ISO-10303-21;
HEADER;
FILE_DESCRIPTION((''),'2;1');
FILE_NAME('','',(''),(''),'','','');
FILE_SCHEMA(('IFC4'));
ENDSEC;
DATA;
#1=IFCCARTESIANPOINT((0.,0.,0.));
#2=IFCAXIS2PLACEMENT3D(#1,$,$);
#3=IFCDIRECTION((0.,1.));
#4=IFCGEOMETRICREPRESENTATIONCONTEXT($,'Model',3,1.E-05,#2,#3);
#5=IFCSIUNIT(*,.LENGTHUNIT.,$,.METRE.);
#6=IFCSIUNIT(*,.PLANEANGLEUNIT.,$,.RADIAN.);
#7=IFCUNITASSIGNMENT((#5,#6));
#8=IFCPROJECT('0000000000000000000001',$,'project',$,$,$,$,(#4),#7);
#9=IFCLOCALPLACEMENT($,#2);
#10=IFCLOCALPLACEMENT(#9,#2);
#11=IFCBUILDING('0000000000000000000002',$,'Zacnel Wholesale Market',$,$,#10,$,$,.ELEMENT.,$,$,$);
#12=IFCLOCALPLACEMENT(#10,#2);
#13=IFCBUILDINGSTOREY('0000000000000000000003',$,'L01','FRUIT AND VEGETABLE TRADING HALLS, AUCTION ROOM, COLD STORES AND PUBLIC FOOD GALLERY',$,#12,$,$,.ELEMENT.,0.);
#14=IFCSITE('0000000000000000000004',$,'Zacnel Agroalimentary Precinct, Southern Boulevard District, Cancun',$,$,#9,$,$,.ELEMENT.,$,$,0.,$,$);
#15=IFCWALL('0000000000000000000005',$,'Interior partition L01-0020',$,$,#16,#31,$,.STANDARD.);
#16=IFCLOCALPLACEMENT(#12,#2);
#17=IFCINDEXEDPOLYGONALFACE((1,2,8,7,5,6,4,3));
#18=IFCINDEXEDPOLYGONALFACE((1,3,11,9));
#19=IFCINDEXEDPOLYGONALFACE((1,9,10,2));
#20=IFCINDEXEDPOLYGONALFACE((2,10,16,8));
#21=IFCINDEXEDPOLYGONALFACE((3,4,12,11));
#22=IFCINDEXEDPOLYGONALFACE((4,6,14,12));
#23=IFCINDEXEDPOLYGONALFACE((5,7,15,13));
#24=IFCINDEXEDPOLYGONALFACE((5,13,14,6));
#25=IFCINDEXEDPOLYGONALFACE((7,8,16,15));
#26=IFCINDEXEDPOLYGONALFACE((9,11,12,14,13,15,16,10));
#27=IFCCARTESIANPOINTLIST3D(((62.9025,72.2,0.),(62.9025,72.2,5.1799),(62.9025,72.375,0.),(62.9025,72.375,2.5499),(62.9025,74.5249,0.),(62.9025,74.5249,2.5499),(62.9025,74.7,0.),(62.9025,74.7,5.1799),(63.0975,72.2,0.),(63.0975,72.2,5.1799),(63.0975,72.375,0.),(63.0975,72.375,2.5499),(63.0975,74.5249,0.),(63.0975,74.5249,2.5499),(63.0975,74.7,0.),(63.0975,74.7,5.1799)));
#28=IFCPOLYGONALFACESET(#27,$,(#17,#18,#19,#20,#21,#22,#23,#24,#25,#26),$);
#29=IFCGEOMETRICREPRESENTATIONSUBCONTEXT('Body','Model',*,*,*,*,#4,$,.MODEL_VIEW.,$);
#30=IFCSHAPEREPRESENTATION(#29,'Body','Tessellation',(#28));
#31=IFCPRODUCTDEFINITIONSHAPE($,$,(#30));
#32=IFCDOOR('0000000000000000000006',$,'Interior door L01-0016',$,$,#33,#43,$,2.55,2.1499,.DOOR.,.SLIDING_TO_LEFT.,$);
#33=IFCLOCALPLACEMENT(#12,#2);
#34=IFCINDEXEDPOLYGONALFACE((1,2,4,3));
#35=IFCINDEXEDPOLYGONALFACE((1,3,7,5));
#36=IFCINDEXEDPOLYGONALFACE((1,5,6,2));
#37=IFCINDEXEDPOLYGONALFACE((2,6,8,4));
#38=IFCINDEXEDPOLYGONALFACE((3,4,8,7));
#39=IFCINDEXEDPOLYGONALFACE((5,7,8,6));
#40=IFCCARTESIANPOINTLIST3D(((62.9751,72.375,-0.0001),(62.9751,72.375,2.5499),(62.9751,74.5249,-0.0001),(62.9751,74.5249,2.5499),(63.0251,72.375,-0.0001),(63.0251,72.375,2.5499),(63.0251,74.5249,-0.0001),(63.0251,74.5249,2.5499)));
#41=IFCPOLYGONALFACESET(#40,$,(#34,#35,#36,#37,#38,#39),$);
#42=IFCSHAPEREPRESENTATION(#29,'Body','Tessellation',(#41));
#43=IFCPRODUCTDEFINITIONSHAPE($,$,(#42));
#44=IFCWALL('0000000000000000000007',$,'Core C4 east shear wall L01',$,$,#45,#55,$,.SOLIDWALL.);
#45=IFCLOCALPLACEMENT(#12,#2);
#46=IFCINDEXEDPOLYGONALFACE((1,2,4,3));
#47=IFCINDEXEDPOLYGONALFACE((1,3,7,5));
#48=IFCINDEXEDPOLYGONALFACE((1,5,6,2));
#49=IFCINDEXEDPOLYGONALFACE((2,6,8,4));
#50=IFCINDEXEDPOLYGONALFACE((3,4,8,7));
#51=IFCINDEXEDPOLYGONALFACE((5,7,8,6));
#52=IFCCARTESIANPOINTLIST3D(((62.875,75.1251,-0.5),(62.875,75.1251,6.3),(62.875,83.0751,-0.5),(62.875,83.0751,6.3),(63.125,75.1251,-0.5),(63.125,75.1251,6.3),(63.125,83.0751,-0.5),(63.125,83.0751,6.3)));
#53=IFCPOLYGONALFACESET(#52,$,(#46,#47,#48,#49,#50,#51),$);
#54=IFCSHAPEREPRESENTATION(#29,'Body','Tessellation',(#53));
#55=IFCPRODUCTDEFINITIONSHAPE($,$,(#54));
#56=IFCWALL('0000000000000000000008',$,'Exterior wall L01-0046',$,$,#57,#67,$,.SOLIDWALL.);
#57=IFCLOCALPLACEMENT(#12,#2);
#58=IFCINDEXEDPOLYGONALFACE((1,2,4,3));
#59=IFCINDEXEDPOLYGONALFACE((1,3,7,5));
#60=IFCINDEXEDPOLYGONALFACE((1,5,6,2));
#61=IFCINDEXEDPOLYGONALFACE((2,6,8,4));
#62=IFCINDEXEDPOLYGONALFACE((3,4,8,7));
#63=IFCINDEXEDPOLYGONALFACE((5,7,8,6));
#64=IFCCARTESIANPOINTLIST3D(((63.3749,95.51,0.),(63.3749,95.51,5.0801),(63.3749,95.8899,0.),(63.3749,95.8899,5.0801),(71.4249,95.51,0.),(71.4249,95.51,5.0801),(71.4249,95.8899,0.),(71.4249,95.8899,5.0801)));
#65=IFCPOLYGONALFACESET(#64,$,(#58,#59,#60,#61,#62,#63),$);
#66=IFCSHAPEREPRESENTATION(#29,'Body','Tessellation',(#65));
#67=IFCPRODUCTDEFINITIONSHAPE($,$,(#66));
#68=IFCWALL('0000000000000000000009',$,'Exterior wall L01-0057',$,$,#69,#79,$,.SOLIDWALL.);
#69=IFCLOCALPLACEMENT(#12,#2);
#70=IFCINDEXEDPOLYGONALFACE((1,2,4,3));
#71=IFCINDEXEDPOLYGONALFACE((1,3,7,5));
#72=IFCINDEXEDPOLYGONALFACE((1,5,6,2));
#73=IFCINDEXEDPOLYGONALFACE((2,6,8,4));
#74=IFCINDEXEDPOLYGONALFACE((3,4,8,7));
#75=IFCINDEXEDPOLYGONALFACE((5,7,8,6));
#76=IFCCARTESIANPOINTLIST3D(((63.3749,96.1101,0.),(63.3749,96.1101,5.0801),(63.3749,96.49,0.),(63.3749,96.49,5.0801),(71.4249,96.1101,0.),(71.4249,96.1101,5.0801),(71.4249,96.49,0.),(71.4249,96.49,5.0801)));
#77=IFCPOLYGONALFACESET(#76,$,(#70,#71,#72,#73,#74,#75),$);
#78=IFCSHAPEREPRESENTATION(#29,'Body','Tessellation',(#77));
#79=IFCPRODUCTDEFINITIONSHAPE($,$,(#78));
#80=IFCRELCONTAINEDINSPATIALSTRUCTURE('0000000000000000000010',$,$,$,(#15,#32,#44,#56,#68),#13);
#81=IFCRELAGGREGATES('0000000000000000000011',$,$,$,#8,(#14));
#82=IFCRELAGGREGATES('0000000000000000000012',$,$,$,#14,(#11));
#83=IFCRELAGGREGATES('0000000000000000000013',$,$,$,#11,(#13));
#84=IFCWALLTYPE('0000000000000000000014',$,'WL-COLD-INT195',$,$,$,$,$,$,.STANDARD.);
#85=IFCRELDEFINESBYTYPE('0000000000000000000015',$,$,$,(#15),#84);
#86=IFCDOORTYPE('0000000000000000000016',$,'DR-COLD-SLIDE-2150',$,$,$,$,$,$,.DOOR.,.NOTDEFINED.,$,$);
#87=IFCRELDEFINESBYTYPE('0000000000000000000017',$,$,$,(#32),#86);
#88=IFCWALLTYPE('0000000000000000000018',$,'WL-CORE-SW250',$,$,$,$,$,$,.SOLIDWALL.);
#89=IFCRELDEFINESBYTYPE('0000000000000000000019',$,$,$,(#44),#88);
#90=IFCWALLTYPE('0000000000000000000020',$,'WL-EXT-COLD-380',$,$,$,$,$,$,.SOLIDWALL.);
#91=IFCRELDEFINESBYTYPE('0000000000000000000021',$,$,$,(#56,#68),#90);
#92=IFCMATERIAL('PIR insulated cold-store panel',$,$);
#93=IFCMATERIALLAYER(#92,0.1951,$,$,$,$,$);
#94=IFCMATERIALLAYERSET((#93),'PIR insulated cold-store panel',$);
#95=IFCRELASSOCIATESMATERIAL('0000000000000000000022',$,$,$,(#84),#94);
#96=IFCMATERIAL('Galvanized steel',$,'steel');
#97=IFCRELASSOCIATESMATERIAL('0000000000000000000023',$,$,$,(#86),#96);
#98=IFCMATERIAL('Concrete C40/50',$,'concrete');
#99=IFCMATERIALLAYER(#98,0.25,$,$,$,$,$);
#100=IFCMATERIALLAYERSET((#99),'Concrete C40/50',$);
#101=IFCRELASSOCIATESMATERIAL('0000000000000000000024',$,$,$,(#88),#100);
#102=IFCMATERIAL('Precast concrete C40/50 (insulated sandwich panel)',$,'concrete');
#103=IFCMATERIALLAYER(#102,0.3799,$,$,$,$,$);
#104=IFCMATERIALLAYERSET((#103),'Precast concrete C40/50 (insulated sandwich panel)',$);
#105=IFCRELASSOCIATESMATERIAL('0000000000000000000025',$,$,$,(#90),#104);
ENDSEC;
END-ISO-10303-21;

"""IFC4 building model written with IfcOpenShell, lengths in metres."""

from ifc_helpers import new_model, si_unit, direction, frame, frame_2d, origin, place, context, subcontext, project, spatial, rectangle, extrude, material, layer, layer_set, type_object, element, fill, save


model = new_model("IFC4")

# Units and contexts
model_context = context("Model", 3, precision=1e-05, world=origin(), true_north=direction((0.0, 1.0)))
body_context = subcontext(model_context, "Body", "Model", "MODEL_VIEW")
ifc_project = project(units=[si_unit("LENGTHUNIT", "METRE"), si_unit("PLANEANGLEUNIT", "RADIAN")], contexts=[model_context])

# Site, building, storey
site_placement = place(None, origin())
site = spatial("IfcSite", under=ifc_project, at=site_placement, Name="Zacnel Agroalimentary Precinct, Southern Boulevard District, Cancun", CompositionType="ELEMENT", RefElevation=0.0)
building_placement = place(site_placement, origin())
building = spatial("IfcBuilding", under=site, at=building_placement, Name="Zacnel Wholesale Market", CompositionType="ELEMENT")
storey_placement = place(building_placement, origin())
storey = spatial("IfcBuildingStorey", under=building, at=storey_placement, Name="L01", Description="FRUIT AND VEGETABLE TRADING HALLS, AUCTION ROOM, COLD STORES AND PUBLIC FOOD GALLERY", CompositionType="ELEMENT", Elevation=0.0)

# Wall, opening, door
ifc_material_1 = material(Name="PIR insulated cold-store panel")
ifc_layer_1 = layer(ifc_material_1, 0.1951)
ifc_layer_set_1 = layer_set([ifc_layer_1], Name="PIR insulated cold-store panel")
wall_type_1 = type_object("IfcWallType", Name="WL-COLD-INT195", PredefinedType="STANDARD", material=ifc_layer_set_1)
wall_1_placement = place(storey_placement, frame((63.0, 72.2, 0.0), z_axis=(0.0, 0.0, 1.0), x_axis=(0.0, 1.0, 0.0)))
wall_1 = element("IfcWall", 1, at=wall_1_placement, inside=storey, type_object=wall_type_1, Name="Interior partition L01-0020", PredefinedType="STANDARD", context=body_context, shape_type="SweptSolid", body=[
    extrude(rectangle(XDim=2.5, YDim=0.1951, at=frame_2d((1.25, 0.0))), origin(), (0.0, 0.0, 1.0), 5.1799),
])
opening_placement = place(wall_1_placement, frame((0.175, 0.0, 0.0)))
opening = element("IfcOpeningElement", 2, at=opening_placement, cuts=wall_1, PredefinedType="OPENING", context=body_context, shape_type="SweptSolid", body=[
    extrude(rectangle(XDim=2.1499, YDim=2.55, at=frame_2d((1.075, 1.2749))), frame((0.0, 0.1074, 0.0), z_axis=(0.0, -1.0, 0.0), x_axis=(1.0, 0.0, 0.0)), (0.0, 0.0, 1.0), 0.2151),
])
ifc_material_2 = material(Name="Galvanized steel", Category="steel")
door_type = type_object("IfcDoorType", Name="DR-COLD-SLIDE-2150", OperationType="NOTDEFINED", PredefinedType="DOOR", material=ifc_material_2)
door_placement = place(opening_placement, origin())
door = element("IfcDoor", 3, at=door_placement, inside=storey, type_object=door_type, Name="Interior door L01-0016", OperationType="SLIDING_TO_LEFT", OverallHeight=2.55, OverallWidth=2.1499, PredefinedType="DOOR", context=body_context, shape_type="SweptSolid", body=[
    extrude(rectangle(XDim=2.1499, YDim=2.55, at=frame_2d((1.075, 1.2749))), frame((0.0, 0.0249, 0.0), z_axis=(0.0, -1.0, 0.0), x_axis=(1.0, 0.0, 0.0)), (0.0, 0.0, 1.0), 0.05),
])
fill(opening, door)

# Walls
ifc_material_3 = material(Name="Concrete C40/50", Category="concrete")
ifc_layer_2 = layer(ifc_material_3, 0.25)
ifc_layer_set_2 = layer_set([ifc_layer_2], Name="Concrete C40/50")
wall_type_2 = type_object("IfcWallType", Name="WL-CORE-SW250", PredefinedType="SOLIDWALL", material=ifc_layer_set_2)
wall_2_placement = place(storey_placement, frame((63.0, 75.125, -0.5), z_axis=(0.0, 0.0, 1.0), x_axis=(0.0, 1.0, 0.0)))
element("IfcWall", 4, at=wall_2_placement, inside=storey, type_object=wall_type_2, Name="Core C4 east shear wall L01", PredefinedType="SOLIDWALL", context=body_context, shape_type="SweptSolid", body=[
    extrude(rectangle(XDim=7.95, YDim=0.25, at=frame_2d((3.9751, 0.0))), origin(), (0.0, 0.0, 1.0), 6.8),
])
ifc_material_4 = material(Name="Precast concrete C40/50 (insulated sandwich panel)", Category="concrete")
ifc_layer_3 = layer(ifc_material_4, 0.3799)
ifc_layer_set_3 = layer_set([ifc_layer_3], Name="Precast concrete C40/50 (insulated sandwich panel)")
wall_type_3 = type_object("IfcWallType", Name="WL-EXT-COLD-380", PredefinedType="SOLIDWALL", material=ifc_layer_set_3)
for number, where, z_axis, x_axis, name in (
    (5, (63.375, 95.7, 0.0), (0.0, 0.0, 1.0), (1.0, 0.0, 0.0), "Exterior wall L01-0046"),
    (6, (63.375, 96.3, 0.0), (0.0, 0.0, 1.0), (1.0, 0.0, 0.0), "Exterior wall L01-0057"),
):
    element("IfcWall", number, at=place(storey_placement, frame(where, z_axis=z_axis, x_axis=x_axis)), inside=storey, type_object=wall_type_3, Name=name, PredefinedType="SOLIDWALL", context=body_context, shape_type="SweptSolid", body=[
        extrude(rectangle(XDim=8.05, YDim=0.3799, at=frame_2d((4.0249, 0.0))), origin(), (0.0, 0.0, 1.0), 5.0801),
    ])

save(model, "model.ifc")
